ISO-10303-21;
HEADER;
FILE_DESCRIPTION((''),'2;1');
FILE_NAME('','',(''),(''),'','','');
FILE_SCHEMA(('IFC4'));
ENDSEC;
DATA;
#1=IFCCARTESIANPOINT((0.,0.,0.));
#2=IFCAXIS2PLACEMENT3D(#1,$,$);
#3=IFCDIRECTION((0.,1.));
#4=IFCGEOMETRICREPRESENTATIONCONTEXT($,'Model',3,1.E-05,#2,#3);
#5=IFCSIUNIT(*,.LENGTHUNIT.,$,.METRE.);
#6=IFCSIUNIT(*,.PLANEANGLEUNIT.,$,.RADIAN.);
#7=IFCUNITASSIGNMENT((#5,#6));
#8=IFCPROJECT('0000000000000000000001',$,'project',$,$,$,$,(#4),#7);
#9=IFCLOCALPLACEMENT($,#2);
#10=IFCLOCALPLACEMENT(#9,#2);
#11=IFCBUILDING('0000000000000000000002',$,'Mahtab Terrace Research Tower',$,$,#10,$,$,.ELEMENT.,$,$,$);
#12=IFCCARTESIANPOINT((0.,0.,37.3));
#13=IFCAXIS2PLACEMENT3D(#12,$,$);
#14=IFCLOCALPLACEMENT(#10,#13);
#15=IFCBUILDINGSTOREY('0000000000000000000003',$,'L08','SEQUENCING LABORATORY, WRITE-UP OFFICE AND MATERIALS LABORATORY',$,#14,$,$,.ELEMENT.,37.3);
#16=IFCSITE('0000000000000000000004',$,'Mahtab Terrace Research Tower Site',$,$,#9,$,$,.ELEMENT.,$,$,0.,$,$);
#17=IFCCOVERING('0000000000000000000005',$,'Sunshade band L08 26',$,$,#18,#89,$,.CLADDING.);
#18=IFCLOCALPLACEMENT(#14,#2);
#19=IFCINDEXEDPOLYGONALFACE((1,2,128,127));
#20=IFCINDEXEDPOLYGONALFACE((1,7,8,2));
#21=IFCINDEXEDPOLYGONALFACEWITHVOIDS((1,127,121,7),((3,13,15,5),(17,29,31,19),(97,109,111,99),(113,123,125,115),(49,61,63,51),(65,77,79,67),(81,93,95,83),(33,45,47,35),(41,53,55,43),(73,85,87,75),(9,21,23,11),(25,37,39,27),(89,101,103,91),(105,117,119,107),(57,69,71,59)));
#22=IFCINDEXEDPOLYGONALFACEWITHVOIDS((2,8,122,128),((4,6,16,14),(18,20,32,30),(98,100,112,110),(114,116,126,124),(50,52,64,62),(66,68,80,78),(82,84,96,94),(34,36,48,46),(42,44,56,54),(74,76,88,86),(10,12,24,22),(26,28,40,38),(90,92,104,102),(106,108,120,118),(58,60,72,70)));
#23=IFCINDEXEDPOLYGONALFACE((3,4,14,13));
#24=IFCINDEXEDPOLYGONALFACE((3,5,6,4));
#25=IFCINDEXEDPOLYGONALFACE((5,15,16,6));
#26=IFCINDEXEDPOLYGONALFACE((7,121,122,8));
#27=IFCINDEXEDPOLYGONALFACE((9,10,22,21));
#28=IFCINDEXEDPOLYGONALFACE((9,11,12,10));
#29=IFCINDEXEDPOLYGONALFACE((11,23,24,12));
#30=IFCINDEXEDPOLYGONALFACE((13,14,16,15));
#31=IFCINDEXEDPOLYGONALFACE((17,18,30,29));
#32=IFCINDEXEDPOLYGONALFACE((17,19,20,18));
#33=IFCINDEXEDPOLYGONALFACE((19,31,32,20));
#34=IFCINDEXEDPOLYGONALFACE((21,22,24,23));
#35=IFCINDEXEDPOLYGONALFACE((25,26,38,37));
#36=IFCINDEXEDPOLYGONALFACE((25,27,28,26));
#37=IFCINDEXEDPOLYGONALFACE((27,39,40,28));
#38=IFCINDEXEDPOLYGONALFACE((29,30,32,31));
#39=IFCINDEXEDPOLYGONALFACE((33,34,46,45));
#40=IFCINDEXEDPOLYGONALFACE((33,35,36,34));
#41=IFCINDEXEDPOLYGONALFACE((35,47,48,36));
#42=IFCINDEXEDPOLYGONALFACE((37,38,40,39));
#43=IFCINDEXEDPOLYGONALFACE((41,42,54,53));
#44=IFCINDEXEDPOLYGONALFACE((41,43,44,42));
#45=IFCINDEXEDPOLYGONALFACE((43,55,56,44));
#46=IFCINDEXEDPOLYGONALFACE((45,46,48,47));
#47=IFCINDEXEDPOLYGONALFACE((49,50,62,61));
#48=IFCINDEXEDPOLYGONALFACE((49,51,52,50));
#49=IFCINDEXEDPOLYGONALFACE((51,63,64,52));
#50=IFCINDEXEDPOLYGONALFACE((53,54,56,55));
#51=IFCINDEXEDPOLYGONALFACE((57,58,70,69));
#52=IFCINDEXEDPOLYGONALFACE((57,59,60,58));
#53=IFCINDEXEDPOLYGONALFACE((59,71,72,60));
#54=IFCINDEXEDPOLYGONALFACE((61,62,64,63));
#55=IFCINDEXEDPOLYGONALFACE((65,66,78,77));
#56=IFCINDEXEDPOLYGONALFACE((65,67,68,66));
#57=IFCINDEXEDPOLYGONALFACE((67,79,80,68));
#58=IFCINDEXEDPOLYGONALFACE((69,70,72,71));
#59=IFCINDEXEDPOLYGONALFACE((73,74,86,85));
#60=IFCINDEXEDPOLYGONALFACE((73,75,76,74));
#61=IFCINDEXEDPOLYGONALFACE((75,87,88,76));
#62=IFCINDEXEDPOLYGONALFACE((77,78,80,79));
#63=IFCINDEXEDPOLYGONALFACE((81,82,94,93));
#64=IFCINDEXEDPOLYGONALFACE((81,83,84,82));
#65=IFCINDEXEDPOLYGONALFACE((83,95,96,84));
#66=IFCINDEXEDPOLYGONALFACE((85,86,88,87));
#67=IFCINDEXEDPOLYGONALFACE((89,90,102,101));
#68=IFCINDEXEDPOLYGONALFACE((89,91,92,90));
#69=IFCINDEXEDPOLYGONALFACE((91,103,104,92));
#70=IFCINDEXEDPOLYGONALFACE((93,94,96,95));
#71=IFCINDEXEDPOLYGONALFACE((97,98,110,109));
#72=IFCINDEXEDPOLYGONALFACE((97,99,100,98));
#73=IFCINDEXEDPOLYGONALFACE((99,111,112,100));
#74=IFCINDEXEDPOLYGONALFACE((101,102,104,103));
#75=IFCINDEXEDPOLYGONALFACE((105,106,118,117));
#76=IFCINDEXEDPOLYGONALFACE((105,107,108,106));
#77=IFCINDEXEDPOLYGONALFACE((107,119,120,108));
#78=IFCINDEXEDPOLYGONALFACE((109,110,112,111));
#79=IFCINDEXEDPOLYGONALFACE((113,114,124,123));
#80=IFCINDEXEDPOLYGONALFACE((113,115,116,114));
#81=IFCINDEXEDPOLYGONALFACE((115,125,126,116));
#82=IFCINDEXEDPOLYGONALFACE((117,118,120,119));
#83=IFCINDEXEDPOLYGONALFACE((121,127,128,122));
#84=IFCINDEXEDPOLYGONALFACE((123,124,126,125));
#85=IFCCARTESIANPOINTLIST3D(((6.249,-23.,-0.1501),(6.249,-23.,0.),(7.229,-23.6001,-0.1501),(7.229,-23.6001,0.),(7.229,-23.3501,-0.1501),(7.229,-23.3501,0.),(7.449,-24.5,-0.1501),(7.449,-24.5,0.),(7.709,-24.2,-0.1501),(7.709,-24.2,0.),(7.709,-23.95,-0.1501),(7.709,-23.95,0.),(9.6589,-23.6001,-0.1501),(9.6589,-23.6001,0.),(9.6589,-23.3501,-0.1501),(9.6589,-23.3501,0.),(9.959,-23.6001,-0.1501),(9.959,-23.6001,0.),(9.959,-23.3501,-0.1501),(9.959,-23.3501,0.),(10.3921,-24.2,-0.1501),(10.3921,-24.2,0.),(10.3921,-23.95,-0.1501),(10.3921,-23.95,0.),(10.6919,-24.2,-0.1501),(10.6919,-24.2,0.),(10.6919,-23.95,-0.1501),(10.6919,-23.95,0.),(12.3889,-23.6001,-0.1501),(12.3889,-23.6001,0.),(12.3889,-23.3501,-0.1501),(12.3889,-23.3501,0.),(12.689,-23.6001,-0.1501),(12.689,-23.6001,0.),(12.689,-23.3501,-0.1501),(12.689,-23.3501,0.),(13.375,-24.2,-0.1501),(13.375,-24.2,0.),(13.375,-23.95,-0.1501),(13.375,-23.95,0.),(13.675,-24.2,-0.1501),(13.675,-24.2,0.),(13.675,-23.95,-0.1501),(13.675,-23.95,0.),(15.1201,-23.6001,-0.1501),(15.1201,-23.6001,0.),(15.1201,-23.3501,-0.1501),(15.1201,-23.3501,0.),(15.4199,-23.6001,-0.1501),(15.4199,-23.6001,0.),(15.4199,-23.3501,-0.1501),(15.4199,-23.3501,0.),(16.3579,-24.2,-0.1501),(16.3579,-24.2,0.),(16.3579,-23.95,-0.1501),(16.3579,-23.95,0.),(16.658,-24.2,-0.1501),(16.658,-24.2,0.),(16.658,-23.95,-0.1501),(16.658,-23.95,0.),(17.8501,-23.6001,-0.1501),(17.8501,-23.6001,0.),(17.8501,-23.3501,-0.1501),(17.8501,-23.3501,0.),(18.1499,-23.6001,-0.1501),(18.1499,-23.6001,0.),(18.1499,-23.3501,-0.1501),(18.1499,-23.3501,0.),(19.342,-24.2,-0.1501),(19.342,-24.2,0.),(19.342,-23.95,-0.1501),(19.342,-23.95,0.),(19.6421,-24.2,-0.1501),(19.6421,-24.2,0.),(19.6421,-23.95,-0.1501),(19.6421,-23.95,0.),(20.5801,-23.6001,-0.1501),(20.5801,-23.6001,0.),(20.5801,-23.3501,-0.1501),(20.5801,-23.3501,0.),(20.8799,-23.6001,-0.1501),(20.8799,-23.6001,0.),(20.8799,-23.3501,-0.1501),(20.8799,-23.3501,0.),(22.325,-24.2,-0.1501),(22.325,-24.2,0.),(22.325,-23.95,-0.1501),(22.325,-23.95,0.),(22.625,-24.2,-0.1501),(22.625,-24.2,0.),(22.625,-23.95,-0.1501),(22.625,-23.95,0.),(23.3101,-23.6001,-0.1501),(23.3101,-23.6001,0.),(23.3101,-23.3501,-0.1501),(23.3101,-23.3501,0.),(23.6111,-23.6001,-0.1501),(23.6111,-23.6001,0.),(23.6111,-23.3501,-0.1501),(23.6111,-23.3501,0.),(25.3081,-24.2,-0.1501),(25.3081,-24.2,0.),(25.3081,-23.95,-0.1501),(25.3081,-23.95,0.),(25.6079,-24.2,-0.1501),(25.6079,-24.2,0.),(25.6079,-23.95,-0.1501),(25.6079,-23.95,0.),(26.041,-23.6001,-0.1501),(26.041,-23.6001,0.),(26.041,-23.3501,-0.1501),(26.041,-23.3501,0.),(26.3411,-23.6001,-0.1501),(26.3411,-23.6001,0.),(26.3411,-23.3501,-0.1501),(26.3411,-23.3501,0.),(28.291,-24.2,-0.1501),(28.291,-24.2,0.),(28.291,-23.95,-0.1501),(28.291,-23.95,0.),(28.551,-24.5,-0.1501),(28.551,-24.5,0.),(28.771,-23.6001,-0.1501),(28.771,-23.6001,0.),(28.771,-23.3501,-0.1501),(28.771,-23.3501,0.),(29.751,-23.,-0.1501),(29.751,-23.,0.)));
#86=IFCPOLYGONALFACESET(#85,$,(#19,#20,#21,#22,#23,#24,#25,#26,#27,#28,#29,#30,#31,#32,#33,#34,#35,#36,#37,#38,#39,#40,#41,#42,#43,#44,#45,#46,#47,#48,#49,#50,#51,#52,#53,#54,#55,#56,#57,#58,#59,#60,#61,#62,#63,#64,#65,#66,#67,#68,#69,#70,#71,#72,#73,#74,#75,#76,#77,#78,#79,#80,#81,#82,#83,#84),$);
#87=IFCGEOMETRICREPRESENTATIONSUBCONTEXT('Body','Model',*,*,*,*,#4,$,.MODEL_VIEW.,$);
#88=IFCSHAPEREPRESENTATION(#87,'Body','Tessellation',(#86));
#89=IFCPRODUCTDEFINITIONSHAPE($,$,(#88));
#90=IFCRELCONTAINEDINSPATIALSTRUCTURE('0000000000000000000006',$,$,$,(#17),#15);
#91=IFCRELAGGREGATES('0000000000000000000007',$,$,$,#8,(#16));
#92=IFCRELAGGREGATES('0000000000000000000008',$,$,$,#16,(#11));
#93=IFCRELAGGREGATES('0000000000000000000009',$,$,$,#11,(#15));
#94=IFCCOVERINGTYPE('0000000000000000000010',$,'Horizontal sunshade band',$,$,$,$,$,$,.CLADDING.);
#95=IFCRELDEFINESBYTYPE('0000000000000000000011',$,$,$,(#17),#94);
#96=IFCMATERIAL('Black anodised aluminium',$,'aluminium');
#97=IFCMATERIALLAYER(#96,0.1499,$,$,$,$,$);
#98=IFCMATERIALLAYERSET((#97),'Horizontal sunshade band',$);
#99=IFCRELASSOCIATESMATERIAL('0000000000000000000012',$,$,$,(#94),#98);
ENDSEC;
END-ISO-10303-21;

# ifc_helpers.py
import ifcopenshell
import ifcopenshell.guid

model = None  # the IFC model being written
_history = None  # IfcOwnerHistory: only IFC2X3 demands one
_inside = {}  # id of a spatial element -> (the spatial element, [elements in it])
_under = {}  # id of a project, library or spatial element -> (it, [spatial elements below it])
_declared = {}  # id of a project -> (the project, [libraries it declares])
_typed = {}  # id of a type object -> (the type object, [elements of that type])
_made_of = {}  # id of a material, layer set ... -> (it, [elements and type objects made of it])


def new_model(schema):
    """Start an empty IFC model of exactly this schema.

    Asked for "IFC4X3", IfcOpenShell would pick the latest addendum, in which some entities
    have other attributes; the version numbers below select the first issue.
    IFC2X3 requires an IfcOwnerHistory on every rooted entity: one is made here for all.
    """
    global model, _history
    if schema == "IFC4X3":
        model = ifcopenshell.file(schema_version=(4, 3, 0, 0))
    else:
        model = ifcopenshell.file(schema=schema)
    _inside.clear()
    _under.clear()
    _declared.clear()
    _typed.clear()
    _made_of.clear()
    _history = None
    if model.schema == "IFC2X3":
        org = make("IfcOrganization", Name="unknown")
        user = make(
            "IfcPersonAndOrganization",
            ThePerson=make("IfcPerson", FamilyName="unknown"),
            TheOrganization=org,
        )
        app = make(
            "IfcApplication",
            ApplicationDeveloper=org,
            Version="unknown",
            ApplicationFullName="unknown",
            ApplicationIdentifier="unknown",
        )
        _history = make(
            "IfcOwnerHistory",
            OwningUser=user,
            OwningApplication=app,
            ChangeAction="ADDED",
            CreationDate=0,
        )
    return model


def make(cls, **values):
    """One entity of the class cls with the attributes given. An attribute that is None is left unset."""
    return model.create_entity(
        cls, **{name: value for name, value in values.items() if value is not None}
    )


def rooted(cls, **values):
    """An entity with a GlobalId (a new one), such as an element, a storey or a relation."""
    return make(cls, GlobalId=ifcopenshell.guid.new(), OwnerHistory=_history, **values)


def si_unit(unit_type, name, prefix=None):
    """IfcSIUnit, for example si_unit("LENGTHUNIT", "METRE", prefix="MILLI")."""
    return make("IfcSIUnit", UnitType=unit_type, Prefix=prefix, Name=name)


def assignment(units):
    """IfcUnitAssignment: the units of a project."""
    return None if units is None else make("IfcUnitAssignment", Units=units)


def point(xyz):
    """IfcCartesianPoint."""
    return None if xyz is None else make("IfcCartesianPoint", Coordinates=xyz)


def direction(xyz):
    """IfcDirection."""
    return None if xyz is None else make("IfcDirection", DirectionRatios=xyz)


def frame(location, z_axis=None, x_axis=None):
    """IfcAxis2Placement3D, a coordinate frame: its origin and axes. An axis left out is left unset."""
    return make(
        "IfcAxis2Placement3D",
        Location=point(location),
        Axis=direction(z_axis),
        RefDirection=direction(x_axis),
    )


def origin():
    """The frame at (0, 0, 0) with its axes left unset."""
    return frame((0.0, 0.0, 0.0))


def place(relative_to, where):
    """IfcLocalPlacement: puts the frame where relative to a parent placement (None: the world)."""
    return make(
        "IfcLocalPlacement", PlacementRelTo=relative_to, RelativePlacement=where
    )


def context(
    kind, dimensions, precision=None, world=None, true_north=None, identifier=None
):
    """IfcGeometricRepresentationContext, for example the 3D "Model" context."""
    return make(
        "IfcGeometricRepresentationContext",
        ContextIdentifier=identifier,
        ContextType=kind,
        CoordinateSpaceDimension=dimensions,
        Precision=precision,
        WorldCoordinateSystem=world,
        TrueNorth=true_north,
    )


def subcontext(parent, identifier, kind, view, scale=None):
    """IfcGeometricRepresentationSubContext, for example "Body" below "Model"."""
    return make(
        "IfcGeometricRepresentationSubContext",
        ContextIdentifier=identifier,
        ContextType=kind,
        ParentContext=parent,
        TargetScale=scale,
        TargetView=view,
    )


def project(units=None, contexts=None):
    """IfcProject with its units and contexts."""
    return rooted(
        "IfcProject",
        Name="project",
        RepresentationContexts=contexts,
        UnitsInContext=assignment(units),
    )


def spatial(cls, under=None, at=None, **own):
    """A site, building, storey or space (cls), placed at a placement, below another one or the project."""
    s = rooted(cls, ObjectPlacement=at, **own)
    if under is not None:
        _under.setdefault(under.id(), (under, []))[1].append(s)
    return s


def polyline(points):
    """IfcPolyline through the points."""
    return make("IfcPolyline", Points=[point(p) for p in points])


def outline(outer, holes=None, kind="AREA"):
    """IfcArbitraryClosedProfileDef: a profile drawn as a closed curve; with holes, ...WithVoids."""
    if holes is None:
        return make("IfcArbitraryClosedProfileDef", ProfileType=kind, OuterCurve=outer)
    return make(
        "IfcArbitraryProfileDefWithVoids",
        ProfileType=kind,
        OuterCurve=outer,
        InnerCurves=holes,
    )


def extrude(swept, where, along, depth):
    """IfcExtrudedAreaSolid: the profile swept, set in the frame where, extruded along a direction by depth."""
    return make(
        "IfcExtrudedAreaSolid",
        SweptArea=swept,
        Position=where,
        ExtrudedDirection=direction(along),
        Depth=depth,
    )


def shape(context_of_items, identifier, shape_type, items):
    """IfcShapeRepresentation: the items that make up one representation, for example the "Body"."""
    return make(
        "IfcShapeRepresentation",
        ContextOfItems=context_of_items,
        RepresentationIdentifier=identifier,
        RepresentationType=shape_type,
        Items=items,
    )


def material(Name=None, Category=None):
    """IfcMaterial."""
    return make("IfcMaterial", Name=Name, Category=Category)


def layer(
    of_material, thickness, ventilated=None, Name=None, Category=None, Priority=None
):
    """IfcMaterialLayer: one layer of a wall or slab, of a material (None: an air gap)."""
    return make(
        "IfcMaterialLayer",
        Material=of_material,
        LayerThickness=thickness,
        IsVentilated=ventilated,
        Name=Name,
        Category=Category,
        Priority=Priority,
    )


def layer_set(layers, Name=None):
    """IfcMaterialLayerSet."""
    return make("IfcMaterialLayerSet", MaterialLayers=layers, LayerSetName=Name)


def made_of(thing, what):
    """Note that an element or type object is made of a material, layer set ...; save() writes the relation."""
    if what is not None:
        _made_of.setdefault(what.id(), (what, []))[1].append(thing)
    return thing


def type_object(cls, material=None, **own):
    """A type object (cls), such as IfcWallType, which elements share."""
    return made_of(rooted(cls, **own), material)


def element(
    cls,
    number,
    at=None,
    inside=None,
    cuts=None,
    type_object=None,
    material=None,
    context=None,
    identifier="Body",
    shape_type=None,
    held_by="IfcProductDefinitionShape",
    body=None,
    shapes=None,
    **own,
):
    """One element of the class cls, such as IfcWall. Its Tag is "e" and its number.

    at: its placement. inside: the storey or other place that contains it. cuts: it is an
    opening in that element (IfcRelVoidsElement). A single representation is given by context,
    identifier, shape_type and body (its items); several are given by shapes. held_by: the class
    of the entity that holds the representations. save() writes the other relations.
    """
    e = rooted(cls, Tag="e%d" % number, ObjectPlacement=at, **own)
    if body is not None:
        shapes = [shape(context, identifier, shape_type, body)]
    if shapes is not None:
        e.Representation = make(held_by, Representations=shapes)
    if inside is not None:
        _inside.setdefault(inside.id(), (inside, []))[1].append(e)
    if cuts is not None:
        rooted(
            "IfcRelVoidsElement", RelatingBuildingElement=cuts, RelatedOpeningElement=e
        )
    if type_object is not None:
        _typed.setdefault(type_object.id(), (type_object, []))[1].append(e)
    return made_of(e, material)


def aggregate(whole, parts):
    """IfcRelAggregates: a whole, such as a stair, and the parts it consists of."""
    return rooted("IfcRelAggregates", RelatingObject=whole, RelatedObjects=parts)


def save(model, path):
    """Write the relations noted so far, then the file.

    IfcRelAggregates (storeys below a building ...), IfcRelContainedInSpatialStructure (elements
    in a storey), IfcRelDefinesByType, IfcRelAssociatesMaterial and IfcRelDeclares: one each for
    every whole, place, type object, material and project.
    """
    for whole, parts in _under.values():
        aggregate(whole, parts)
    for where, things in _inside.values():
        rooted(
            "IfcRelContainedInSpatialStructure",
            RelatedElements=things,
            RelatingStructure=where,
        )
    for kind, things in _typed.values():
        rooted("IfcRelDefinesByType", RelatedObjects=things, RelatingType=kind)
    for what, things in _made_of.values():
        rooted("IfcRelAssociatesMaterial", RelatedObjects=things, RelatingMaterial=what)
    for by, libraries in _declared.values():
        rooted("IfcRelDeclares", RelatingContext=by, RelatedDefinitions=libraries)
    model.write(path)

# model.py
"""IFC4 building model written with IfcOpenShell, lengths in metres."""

from ifc_helpers import new_model, si_unit, direction, frame, origin, place, context, subcontext, project, spatial, polyline, outline, extrude, material, layer, layer_set, type_object, element, save


model = new_model("IFC4")

# Units and contexts
model_context = context("Model", 3, precision=1e-05, world=origin(), true_north=direction((0.0, 1.0)))
body_context = subcontext(model_context, "Body", "Model", "MODEL_VIEW")
ifc_project = project(units=[si_unit("LENGTHUNIT", "METRE"), si_unit("PLANEANGLEUNIT", "RADIAN")], contexts=[model_context])

# Site, building, storey
site_placement = place(None, origin())
site = spatial("IfcSite", under=ifc_project, at=site_placement, Name="Mahtab Terrace Research Tower Site", CompositionType="ELEMENT", RefElevation=0.0)
building_placement = place(site_placement, origin())
building = spatial("IfcBuilding", under=site, at=building_placement, Name="Mahtab Terrace Research Tower", CompositionType="ELEMENT")
storey_placement = place(building_placement, frame((0.0, 0.0, 37.3)))
storey = spatial("IfcBuildingStorey", under=building, at=storey_placement, Name="L08", Description="SEQUENCING LABORATORY, WRITE-UP OFFICE AND MATERIALS LABORATORY", CompositionType="ELEMENT", Elevation=37.3)

# Covering
ifc_material_1 = material(Name="Black anodised aluminium", Category="aluminium")
ifc_layer_1 = layer(ifc_material_1, 0.1499)
ifc_layer_set_1 = layer_set([ifc_layer_1], Name="Horizontal sunshade band")
covering_type = type_object("IfcCoveringType", Name="Horizontal sunshade band", PredefinedType="CLADDING", material=ifc_layer_set_1)
covering_1_placement = place(storey_placement, frame((0.0, 0.0, -0.1501)))
element("IfcCovering", 1, at=covering_1_placement, inside=storey, type_object=covering_type, Name="Sunshade band L08 26", PredefinedType="CLADDING", context=body_context, shape_type="SweptSolid", body=[
    extrude(outline(polyline([(6.249, -23.0), (29.751, -23.0), (28.551, -24.5), (7.449, -24.5), (6.249, -23.0)]), holes=[polyline([(7.229, -23.3501), (9.6589, -23.3501), (9.6589, -23.6001), (7.229, -23.6001), (7.229, -23.3501)]), polyline([(9.959, -23.3501), (12.3889, -23.3501), (12.3889, -23.6001), (9.959, -23.6001), (9.959, -23.3501)]), polyline([(12.689, -23.3501), (15.1201, -23.3501), (15.1201, -23.6001), (12.689, -23.6001), (12.689, -23.3501)]), polyline([(15.4199, -23.3501), (17.8501, -23.3501), (17.8501, -23.6001), (15.4199, -23.6001), (15.4199, -23.3501)]), polyline([(18.1499, -23.3501), (20.5801, -23.3501), (20.5801, -23.6001), (18.1499, -23.6001), (18.1499, -23.3501)]), polyline([(20.8799, -23.3501), (23.3101, -23.3501), (23.3101, -23.6001), (20.8799, -23.6001), (20.8799, -23.3501)]), polyline([(23.6111, -23.3501), (26.041, -23.3501), (26.041, -23.6001), (23.6111, -23.6001), (23.6111, -23.3501)]), polyline([(26.3411, -23.3501), (28.771, -23.3501), (28.771, -23.6001), (26.3411, -23.6001), (26.3411, -23.3501)]), polyline([(7.709, -23.95), (10.3921, -23.95), (10.3921, -24.2), (7.709, -24.2), (7.709, -23.95)]), polyline([(10.6919, -23.95), (13.375, -23.95), (13.375, -24.2), (10.6919, -24.2), (10.6919, -23.95)]), polyline([(13.675, -23.95), (16.3579, -23.95), (16.3579, -24.2), (13.675, -24.2), (13.675, -23.95)]), polyline([(16.658, -23.95), (19.342, -23.95), (19.342, -24.2), (16.658, -24.2), (16.658, -23.95)]), polyline([(19.6421, -23.95), (22.325, -23.95), (22.325, -24.2), (19.6421, -24.2), (19.6421, -23.95)]), polyline([(22.625, -23.95), (25.3081, -23.95), (25.3081, -24.2), (22.625, -24.2), (22.625, -23.95)]), polyline([(25.6079, -23.95), (28.291, -23.95), (28.291, -24.2), (25.6079, -24.2), (25.6079, -23.95)])]), origin(), (0.0, 0.0, 1.0), 0.1501),
])

save(model, "model.ifc")
